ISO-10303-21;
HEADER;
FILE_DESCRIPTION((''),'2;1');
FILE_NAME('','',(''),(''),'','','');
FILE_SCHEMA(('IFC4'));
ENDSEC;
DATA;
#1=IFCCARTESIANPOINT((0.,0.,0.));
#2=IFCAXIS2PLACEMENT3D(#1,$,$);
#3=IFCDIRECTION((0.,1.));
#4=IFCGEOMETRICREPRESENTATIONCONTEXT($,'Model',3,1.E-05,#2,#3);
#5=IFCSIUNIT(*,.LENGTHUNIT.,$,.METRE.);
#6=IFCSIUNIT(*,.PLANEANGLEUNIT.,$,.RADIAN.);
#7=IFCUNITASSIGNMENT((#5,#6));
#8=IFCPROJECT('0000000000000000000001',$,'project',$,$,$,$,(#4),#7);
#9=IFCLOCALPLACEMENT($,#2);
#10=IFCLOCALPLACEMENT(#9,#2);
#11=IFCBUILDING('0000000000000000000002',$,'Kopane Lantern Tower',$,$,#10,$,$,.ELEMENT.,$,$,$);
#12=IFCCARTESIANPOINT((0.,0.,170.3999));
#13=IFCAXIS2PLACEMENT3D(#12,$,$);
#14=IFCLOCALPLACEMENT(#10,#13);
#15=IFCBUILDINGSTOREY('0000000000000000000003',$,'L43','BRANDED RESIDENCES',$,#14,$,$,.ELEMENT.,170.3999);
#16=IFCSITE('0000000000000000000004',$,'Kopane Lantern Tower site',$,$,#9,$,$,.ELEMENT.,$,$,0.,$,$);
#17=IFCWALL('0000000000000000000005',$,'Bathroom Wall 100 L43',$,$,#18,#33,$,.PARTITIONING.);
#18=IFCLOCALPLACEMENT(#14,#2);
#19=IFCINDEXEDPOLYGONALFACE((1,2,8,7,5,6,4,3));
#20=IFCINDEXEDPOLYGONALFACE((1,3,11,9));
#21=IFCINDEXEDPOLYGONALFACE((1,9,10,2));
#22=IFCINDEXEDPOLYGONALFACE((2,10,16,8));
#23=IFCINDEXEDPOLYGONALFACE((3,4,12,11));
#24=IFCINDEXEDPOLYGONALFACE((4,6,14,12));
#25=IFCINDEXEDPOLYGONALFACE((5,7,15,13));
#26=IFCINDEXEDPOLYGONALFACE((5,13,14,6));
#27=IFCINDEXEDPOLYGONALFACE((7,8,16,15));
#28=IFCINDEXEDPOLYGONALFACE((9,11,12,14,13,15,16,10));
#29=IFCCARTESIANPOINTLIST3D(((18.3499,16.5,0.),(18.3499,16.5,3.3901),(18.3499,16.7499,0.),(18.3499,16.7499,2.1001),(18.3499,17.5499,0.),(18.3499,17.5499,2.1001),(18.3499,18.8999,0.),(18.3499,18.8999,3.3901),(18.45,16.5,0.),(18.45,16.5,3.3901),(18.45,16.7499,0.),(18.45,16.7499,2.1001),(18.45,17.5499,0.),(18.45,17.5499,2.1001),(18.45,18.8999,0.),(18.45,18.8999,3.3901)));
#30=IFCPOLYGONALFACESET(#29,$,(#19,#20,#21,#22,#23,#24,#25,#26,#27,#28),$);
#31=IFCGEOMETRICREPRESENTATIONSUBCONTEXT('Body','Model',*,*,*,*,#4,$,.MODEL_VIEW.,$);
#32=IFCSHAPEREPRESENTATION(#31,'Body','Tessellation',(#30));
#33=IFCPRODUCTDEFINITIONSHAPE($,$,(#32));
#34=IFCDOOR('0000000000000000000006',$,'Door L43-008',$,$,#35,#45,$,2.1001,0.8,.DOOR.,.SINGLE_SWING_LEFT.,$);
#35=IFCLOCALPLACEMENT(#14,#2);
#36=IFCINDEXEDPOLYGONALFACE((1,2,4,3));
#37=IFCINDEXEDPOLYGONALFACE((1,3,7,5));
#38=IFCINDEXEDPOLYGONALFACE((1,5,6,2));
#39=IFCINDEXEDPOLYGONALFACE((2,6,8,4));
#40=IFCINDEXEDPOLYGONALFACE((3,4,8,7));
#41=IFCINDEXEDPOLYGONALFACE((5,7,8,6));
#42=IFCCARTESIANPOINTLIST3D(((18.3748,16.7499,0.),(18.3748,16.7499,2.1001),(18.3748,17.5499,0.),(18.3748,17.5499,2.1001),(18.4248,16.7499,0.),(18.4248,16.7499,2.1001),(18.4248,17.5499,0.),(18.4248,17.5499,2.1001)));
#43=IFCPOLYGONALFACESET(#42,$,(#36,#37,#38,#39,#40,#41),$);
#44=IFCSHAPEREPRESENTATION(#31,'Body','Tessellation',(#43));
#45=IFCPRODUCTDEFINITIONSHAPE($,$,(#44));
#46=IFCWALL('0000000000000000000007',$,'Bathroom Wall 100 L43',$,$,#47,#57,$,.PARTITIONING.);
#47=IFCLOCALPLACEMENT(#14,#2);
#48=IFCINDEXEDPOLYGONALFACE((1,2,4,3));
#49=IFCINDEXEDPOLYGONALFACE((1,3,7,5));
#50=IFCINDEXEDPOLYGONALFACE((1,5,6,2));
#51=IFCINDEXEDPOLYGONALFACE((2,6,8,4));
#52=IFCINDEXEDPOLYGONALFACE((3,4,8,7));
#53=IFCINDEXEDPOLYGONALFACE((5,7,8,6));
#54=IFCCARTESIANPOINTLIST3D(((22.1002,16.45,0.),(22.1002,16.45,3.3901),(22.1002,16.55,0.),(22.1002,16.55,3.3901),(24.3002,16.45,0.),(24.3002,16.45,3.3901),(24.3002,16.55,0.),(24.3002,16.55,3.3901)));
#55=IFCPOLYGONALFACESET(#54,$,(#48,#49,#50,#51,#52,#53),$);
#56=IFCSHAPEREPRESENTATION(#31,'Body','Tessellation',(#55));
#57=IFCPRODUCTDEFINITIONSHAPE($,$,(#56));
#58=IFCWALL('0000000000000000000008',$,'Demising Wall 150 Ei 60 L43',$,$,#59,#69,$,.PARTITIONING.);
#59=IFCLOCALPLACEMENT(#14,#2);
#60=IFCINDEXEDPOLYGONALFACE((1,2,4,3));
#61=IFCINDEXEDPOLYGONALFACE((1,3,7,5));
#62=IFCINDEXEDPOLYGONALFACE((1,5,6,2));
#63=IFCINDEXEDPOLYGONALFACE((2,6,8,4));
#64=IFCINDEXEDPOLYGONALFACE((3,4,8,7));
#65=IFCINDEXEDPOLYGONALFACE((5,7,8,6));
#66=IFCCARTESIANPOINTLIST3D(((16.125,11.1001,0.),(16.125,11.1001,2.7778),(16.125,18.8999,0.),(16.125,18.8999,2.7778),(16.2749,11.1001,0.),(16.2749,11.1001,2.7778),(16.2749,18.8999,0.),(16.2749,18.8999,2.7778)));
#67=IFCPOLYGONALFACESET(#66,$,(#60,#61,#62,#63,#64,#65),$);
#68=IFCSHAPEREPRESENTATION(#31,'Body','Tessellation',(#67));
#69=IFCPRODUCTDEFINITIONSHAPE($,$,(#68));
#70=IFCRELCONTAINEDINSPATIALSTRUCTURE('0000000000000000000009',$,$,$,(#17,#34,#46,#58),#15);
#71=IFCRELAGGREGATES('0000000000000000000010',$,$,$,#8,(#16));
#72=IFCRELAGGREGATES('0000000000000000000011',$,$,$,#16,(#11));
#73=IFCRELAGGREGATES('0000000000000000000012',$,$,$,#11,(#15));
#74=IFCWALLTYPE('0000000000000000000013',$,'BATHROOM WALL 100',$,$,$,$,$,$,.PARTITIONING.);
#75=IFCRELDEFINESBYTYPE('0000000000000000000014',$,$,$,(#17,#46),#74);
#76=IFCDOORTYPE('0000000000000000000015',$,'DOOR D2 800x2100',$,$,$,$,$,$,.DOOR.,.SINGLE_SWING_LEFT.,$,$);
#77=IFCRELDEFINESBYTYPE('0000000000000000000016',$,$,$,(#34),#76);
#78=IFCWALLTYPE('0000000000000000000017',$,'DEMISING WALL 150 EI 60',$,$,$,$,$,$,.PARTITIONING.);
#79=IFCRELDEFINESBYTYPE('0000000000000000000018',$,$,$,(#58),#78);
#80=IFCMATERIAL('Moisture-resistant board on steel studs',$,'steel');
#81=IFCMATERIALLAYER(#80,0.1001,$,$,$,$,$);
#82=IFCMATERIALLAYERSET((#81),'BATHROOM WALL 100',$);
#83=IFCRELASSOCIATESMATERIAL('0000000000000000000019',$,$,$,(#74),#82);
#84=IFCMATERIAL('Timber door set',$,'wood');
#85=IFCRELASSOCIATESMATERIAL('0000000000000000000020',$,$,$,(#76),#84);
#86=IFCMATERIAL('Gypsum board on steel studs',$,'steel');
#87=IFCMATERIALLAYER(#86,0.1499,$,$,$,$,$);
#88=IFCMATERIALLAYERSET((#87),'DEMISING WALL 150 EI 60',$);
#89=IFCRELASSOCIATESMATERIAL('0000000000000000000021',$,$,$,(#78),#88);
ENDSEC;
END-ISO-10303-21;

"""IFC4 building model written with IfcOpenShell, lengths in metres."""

from ifc_helpers import new_model, si_unit, direction, frame, frame_2d, origin, place, context, subcontext, project, spatial, rectangle, extrude, material, layer, layer_set, type_object, element, fill, save


model = new_model("IFC4")

# Units and contexts
model_context = context("Model", 3, precision=1e-05, world=origin(), true_north=direction((0.0, 1.0)))
body_context = subcontext(model_context, "Body", "Model", "MODEL_VIEW")
ifc_project = project(units=[si_unit("LENGTHUNIT", "METRE"), si_unit("PLANEANGLEUNIT", "RADIAN")], contexts=[model_context])

# Site, building, storey
site_placement = place(None, origin())
site = spatial("IfcSite", under=ifc_project, at=site_placement, Name="Kopane Lantern Tower site", CompositionType="ELEMENT", RefElevation=0.0)
building_placement = place(site_placement, origin())
building = spatial("IfcBuilding", under=site, at=building_placement, Name="Kopane Lantern Tower", CompositionType="ELEMENT")
storey_placement = place(building_placement, frame((0.0, 0.0, 170.3999)))
storey = spatial("IfcBuildingStorey", under=building, at=storey_placement, Name="L43", Description="BRANDED RESIDENCES", CompositionType="ELEMENT", Elevation=170.3999)

# Shared definitions
ifc_material_1 = material(Name="Moisture-resistant board on steel studs", Category="steel")
ifc_layer_1 = layer(ifc_material_1, 0.1001)
ifc_layer_set_1 = layer_set([ifc_layer_1], Name="BATHROOM WALL 100")
wall_type_1 = type_object("IfcWallType", Name="BATHROOM WALL 100", PredefinedType="PARTITIONING", material=ifc_layer_set_1)

# Wall, opening, door
wall_1_placement = place(storey_placement, frame((18.3999, 18.8999, 0.0), z_axis=(0.0, 0.0, 1.0), x_axis=(0.0, -1.0, 0.0)))
wall_1 = element("IfcWall", 1, at=wall_1_placement, inside=storey, type_object=wall_type_1, Name="Bathroom Wall 100 L43", PredefinedType="PARTITIONING", context=body_context, shape_type="SweptSolid", body=[
    extrude(rectangle(XDim=2.3999, YDim=0.1001, at=frame_2d((1.2, 0.0))), origin(), (0.0, 0.0, 1.0), 3.3901),
])
opening_1_placement = place(wall_1_placement, frame((1.3501, 0.0, 0.0)))
opening_1 = element("IfcOpeningElement", 2, at=opening_1_placement, cuts=wall_1, PredefinedType="OPENING", context=body_context, shape_type="SweptSolid", body=[
    extrude(rectangle(XDim=0.8, YDim=2.1001, at=frame_2d((0.3999, 1.05))), frame((0.0, 0.0601, 0.0), z_axis=(0.0, -1.0, 0.0), x_axis=(1.0, 0.0, 0.0)), (0.0, 0.0, 1.0), 0.1201),
])
ifc_material_2 = material(Name="Timber door set", Category="wood")
door_type_1 = type_object("IfcDoorType", Name="DOOR D2 800x2100", OperationType="SINGLE_SWING_LEFT", PredefinedType="DOOR", material=ifc_material_2)
door_1_placement = place(opening_1_placement, origin())
door_1 = element("IfcDoor", 3, at=door_1_placement, inside=storey, type_object=door_type_1, Name="Door L43-008", OperationType="SINGLE_SWING_LEFT", OverallHeight=2.1001, OverallWidth=0.8, PredefinedType="DOOR", context=body_context, shape_type="SweptSolid", body=[
    extrude(rectangle(XDim=0.8, YDim=2.1001, at=frame_2d((0.3999, 1.05))), frame((0.0, 0.0249, 0.0), z_axis=(0.0, -1.0, 0.0), x_axis=(1.0, 0.0, 0.0)), (0.0, 0.0, 1.0), 0.05),
])
fill(opening_1, door_1)

# Walls
wall_2_placement = place(storey_placement, frame((22.1001, 16.5, 0.0), z_axis=(0.0, 0.0, 1.0), x_axis=(1.0, 0.0, 0.0)))
element("IfcWall", 4, at=wall_2_placement, inside=storey, type_object=wall_type_1, Name="Bathroom Wall 100 L43", PredefinedType="PARTITIONING", context=body_context, shape_type="SweptSolid", body=[
    extrude(rectangle(XDim=2.2, YDim=0.1001, at=frame_2d((1.1001, 0.0))), origin(), (0.0, 0.0, 1.0), 3.3901),
])
ifc_material_3 = material(Name="Gypsum board on steel studs", Category="steel")
ifc_layer_2 = layer(ifc_material_3, 0.1499)
ifc_layer_set_2 = layer_set([ifc_layer_2], Name="DEMISING WALL 150 EI 60")
wall_type_2 = type_object("IfcWallType", Name="DEMISING WALL 150 EI 60", PredefinedType="PARTITIONING", material=ifc_layer_set_2)
wall_3_placement = place(storey_placement, frame((16.2, 18.8999, 0.0), z_axis=(0.0, 0.0, 1.0), x_axis=(0.0, -1.0, 0.0)))
element("IfcWall", 5, at=wall_3_placement, inside=storey, type_object=wall_type_2, Name="Demising Wall 150 Ei 60 L43", PredefinedType="PARTITIONING", context=body_context, shape_type="SweptSolid", body=[
    extrude(rectangle(XDim=7.7998, YDim=0.1499, at=frame_2d((3.8999, 0.0))), origin(), (0.0, 0.0, 1.0), 2.7778),
])

save(model, "model.ifc")
